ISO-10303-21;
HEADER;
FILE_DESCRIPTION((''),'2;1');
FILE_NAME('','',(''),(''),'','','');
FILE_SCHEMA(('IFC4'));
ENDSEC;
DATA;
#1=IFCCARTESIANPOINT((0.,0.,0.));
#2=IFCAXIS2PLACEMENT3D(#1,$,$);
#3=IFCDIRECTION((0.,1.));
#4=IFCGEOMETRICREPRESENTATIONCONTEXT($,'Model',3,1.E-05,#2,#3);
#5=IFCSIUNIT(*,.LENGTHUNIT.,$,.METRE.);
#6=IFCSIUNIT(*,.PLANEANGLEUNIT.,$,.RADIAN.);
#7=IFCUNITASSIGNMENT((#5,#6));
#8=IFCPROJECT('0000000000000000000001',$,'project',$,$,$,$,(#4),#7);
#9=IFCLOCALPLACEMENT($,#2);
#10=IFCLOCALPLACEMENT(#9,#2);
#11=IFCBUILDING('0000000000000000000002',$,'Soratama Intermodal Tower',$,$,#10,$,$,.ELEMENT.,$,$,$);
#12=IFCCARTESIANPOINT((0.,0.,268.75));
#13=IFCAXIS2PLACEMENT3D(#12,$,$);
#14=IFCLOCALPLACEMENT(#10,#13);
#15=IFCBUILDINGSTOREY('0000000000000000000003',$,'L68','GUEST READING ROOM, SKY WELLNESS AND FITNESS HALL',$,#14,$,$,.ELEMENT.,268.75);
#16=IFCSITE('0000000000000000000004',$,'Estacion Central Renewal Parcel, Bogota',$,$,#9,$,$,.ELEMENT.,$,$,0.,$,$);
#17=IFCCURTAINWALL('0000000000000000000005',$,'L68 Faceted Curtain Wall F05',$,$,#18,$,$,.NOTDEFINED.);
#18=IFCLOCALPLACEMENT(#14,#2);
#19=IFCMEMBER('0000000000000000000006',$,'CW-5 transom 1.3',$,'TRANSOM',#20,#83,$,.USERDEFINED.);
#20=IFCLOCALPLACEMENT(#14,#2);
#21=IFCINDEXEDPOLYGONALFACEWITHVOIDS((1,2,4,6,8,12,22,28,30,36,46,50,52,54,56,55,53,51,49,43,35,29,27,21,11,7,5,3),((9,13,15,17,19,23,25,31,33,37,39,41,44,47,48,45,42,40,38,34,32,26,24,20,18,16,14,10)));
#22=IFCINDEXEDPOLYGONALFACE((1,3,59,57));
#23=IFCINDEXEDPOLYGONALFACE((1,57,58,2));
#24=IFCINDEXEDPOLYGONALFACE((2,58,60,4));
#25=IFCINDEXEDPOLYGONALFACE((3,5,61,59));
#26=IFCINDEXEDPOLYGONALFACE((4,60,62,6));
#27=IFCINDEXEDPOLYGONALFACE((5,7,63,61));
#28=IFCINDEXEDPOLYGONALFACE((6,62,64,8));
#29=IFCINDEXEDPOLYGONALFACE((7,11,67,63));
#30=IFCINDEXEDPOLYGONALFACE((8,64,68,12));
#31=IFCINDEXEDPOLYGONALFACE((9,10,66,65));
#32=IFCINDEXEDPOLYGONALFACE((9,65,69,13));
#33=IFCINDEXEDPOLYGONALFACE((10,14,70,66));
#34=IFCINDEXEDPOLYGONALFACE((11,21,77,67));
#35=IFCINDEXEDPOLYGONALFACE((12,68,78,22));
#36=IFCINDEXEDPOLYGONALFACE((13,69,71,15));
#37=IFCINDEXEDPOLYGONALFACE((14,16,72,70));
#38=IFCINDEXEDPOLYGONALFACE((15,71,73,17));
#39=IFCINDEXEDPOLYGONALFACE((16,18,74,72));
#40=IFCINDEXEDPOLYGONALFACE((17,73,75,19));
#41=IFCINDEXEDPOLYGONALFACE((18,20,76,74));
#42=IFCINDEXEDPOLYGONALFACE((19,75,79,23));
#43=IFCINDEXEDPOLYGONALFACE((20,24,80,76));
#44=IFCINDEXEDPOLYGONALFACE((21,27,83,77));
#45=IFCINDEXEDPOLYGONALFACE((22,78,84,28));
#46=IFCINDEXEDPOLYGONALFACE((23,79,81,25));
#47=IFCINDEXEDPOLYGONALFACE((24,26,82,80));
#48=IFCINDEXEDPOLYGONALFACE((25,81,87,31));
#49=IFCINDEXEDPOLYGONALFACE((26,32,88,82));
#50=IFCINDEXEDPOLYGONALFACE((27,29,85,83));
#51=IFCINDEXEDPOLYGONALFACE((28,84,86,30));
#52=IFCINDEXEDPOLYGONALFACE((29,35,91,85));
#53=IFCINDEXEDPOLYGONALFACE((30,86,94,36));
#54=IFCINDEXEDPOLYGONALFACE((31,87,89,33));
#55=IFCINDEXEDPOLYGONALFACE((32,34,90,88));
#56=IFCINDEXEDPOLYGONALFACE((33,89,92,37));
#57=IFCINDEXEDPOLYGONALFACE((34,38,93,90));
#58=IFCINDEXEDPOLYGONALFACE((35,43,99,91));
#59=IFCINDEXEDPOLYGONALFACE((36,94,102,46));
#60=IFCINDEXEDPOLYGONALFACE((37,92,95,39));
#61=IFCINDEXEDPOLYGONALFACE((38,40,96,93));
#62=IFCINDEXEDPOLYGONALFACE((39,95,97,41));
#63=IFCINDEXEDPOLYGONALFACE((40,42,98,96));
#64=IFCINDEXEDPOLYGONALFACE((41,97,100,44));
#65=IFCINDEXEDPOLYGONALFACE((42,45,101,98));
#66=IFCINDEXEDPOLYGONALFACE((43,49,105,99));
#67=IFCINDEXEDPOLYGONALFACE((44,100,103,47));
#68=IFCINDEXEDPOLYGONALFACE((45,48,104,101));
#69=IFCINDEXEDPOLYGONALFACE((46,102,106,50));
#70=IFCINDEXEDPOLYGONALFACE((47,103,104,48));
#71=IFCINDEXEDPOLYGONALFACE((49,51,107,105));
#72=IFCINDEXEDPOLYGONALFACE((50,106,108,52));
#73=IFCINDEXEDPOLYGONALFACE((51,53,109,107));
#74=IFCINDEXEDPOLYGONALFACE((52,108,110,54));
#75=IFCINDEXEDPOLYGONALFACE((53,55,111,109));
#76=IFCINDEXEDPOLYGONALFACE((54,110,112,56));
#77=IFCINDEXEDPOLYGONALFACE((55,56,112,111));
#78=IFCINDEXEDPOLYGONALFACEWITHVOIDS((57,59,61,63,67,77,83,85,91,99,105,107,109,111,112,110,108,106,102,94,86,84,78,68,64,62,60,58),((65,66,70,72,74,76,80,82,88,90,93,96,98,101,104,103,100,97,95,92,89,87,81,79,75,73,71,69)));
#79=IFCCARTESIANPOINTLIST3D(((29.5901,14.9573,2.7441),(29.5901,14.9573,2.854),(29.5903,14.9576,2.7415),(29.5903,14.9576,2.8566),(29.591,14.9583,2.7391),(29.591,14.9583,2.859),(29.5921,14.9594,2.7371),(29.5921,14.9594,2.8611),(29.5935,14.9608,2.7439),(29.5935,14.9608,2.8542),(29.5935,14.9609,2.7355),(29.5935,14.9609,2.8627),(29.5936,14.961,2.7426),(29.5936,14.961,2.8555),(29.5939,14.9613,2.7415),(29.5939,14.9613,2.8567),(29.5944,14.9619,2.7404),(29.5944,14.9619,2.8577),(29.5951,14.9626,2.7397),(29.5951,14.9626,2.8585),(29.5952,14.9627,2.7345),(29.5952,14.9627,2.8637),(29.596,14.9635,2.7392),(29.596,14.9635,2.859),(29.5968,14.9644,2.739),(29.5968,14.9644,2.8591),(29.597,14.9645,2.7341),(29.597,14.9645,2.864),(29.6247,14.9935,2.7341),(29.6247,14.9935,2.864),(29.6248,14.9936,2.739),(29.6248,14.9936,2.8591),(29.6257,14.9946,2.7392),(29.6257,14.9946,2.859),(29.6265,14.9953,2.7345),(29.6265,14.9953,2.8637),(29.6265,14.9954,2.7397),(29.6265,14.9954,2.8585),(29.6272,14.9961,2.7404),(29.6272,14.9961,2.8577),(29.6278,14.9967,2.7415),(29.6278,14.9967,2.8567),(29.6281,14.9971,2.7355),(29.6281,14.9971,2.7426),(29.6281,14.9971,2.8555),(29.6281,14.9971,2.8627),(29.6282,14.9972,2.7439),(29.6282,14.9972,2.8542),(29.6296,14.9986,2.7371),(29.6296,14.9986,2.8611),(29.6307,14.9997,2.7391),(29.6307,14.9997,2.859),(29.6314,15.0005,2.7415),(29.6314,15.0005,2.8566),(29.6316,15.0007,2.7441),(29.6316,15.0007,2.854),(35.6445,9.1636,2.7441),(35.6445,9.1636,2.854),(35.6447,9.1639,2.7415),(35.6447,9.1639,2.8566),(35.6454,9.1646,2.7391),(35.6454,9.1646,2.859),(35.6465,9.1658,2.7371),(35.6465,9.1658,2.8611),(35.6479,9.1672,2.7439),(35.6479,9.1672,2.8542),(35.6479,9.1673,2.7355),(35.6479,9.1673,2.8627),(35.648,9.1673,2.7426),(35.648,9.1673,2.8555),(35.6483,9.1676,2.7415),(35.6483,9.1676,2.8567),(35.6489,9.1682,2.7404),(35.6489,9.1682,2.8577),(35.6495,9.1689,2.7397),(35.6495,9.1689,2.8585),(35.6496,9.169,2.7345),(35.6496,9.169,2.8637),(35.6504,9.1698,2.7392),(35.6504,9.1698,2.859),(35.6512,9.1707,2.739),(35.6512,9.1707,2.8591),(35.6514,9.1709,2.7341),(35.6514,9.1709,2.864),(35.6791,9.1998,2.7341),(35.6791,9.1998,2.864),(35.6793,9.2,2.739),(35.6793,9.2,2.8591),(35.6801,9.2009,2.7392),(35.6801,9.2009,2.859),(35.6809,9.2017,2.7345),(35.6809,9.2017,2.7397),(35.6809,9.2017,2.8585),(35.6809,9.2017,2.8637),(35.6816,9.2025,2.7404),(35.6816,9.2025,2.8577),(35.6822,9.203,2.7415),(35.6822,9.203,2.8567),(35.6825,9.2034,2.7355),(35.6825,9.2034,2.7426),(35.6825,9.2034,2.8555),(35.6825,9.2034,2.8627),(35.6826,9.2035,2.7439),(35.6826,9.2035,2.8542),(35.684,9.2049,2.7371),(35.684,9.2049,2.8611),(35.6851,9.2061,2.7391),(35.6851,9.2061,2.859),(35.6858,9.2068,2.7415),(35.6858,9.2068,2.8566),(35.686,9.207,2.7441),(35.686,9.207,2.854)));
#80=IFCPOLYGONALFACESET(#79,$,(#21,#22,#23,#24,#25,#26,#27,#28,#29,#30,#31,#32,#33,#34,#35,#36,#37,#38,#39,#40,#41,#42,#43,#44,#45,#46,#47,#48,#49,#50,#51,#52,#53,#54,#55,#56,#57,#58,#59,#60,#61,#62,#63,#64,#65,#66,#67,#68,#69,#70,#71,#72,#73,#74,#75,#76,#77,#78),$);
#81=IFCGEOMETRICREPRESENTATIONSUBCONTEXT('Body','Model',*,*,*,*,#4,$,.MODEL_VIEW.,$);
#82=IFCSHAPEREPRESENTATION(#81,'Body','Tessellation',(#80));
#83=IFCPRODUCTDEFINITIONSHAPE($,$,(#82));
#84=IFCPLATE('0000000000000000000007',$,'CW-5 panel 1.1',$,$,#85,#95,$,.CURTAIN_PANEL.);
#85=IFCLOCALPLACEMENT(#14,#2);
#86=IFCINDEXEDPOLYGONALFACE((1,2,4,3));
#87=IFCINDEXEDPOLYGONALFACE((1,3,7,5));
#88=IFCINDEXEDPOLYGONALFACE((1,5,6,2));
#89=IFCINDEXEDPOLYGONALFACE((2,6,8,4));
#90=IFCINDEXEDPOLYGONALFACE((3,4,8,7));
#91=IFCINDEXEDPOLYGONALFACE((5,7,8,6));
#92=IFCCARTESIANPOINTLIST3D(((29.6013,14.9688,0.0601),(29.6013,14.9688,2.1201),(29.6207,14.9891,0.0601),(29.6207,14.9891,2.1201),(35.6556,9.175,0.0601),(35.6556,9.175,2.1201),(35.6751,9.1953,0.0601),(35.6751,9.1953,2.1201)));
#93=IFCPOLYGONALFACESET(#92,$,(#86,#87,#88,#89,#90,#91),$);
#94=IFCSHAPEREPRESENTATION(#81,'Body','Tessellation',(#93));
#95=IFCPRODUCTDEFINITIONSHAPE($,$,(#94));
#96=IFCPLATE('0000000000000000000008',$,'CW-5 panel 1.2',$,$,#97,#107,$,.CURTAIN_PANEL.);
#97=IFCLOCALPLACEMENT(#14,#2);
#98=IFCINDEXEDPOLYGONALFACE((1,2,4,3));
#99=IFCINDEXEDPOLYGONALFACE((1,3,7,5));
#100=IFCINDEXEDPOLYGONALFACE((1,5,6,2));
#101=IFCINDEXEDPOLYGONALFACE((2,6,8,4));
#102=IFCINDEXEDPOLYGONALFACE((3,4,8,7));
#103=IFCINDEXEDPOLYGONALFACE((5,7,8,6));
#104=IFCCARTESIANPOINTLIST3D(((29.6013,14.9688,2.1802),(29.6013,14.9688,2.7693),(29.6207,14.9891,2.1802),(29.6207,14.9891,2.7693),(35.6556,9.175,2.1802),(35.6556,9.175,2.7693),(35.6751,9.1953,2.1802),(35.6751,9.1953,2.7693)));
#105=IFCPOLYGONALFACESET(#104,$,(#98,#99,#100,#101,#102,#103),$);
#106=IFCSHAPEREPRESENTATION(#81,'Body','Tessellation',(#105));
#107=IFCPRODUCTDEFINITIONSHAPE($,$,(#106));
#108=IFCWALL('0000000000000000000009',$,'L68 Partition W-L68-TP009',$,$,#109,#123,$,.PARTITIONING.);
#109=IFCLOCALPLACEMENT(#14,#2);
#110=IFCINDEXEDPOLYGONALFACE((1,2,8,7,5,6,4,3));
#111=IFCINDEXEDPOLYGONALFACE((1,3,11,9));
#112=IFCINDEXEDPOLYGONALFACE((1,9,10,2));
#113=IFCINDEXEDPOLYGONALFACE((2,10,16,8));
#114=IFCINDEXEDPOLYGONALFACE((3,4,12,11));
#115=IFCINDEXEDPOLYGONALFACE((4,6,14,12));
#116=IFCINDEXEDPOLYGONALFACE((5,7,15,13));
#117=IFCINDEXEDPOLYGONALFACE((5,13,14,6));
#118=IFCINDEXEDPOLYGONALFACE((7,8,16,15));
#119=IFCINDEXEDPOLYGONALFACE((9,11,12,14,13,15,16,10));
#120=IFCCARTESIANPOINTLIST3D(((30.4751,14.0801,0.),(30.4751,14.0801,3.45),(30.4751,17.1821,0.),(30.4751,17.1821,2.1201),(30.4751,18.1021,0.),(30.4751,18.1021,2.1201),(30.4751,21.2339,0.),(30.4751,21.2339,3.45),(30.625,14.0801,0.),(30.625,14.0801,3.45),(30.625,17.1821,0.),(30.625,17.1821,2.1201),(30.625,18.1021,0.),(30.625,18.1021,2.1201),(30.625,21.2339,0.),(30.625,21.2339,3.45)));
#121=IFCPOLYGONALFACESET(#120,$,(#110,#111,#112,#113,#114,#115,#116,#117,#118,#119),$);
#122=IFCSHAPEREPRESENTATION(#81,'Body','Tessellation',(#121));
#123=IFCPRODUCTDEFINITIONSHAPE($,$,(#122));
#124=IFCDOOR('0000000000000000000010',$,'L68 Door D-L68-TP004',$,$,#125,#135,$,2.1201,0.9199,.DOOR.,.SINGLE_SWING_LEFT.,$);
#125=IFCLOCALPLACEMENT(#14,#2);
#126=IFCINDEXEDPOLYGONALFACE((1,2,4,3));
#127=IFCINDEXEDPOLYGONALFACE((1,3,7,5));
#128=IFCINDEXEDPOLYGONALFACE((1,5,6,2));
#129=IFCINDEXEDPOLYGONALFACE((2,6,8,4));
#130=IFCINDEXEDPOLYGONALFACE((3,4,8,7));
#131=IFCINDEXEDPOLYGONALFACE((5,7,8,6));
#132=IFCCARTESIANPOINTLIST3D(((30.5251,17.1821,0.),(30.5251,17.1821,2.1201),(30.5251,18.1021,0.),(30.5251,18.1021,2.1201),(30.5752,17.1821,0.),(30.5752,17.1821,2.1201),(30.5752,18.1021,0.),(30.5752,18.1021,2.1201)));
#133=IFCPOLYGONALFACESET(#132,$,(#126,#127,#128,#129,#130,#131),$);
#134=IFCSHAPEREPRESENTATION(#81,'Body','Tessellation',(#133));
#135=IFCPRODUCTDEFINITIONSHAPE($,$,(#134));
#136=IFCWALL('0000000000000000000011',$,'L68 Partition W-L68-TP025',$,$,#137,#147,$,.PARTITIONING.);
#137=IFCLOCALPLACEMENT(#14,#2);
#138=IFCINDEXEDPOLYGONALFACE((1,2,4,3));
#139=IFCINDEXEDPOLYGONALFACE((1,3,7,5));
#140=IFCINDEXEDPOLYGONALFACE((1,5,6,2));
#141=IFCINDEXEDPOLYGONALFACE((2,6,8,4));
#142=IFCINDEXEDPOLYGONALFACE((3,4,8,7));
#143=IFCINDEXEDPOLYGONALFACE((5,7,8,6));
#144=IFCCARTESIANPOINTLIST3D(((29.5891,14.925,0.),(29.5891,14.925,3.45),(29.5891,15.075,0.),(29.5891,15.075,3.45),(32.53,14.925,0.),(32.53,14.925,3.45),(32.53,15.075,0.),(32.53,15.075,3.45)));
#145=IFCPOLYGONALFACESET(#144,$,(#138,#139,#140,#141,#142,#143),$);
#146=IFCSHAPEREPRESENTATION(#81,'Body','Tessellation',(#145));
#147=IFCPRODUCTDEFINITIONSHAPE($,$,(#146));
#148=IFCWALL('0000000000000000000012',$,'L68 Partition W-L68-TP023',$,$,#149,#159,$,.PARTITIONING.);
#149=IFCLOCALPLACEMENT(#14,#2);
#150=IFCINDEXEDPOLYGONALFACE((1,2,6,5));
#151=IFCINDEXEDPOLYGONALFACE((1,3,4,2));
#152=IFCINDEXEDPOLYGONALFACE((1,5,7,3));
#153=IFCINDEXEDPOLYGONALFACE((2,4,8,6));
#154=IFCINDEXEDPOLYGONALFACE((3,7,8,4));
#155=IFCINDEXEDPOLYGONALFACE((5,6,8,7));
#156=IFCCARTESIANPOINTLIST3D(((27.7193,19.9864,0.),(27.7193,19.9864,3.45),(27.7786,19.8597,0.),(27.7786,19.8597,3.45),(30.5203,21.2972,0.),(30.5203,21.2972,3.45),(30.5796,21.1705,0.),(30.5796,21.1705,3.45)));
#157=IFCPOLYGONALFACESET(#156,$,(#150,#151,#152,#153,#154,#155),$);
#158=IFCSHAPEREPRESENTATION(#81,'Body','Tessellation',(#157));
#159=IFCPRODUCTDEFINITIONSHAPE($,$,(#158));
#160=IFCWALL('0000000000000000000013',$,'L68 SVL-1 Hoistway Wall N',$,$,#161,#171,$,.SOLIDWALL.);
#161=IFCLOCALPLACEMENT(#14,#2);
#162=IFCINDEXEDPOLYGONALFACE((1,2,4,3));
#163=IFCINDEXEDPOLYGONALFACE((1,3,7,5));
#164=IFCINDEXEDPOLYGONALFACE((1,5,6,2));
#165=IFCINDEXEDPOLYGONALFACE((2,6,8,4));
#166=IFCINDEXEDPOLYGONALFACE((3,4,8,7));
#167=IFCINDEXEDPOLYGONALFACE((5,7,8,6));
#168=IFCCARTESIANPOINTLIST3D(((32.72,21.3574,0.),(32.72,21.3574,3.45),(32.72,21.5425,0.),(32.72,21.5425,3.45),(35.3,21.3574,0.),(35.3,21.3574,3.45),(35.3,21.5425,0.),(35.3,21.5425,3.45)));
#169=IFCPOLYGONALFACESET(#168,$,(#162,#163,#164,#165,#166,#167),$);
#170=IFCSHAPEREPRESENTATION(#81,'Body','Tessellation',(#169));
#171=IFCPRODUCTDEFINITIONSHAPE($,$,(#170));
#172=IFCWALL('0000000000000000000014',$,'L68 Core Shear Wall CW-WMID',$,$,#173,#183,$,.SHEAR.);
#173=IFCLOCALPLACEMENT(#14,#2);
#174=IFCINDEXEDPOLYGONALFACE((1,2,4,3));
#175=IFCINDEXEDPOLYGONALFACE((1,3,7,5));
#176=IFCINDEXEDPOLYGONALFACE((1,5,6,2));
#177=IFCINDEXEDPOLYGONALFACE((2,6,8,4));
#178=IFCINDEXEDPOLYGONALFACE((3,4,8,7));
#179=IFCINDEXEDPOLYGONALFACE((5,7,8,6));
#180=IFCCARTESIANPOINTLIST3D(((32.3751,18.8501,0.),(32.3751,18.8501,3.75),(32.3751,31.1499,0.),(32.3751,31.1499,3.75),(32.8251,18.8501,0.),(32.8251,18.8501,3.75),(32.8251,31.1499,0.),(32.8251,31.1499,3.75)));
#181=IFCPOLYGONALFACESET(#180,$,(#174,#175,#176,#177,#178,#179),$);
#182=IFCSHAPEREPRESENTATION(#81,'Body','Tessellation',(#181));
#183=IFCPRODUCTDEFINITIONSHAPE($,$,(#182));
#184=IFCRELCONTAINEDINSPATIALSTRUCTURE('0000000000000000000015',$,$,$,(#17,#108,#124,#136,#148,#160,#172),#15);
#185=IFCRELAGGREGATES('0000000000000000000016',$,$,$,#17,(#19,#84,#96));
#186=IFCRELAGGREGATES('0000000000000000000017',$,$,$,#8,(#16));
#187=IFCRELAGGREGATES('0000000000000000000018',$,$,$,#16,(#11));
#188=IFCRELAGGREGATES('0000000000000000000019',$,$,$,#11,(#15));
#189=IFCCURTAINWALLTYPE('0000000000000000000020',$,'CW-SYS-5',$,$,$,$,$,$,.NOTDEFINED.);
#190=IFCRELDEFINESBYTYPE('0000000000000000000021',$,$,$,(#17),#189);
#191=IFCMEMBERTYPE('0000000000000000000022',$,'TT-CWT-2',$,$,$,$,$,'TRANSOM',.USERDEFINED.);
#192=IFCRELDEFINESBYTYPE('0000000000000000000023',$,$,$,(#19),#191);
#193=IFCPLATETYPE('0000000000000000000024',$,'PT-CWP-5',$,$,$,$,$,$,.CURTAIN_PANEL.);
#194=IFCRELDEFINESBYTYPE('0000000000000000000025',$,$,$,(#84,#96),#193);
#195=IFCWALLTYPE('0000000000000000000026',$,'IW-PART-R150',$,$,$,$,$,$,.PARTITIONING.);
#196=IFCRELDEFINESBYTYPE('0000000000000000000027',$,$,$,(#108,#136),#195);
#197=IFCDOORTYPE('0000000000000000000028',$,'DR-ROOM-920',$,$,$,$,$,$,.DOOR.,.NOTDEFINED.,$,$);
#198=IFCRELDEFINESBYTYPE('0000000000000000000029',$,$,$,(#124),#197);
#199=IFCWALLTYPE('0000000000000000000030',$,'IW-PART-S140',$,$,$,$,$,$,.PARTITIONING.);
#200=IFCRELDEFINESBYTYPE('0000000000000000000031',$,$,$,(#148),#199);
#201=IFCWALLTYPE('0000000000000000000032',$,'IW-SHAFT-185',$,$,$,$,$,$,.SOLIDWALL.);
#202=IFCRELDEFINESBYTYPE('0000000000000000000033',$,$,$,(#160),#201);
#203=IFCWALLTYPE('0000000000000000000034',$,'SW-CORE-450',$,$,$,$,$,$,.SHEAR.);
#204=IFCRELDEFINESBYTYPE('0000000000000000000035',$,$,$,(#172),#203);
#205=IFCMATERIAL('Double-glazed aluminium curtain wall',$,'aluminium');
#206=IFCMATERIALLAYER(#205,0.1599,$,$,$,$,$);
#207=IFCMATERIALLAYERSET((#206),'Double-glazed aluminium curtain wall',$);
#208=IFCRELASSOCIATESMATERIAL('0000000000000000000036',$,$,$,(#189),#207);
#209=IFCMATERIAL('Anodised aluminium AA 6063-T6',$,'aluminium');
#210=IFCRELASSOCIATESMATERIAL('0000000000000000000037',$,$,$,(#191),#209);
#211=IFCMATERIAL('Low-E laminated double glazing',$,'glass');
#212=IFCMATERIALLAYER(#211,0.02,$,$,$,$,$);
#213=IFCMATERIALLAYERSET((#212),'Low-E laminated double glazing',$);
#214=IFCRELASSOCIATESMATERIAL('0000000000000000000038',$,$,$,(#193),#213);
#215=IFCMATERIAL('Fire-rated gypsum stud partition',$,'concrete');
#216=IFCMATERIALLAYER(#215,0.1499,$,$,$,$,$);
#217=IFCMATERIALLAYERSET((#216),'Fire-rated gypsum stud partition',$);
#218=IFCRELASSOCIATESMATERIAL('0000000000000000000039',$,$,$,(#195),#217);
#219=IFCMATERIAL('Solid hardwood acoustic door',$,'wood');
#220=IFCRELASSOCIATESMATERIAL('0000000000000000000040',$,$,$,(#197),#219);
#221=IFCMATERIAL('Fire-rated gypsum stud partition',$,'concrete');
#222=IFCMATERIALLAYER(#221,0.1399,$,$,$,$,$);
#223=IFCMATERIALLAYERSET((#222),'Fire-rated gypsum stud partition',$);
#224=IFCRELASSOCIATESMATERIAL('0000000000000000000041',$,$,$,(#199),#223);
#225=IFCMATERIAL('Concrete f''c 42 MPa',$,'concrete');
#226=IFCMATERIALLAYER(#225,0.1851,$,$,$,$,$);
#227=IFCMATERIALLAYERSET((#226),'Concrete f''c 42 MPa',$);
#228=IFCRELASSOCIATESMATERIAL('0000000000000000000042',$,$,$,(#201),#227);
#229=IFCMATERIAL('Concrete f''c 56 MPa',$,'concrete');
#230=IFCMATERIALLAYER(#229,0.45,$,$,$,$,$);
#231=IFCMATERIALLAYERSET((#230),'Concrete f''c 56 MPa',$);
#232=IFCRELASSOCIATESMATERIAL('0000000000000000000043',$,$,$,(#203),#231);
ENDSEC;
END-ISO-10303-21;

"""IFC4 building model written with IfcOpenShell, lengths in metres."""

from ifc_helpers import new_model, si_unit, direction, frame, frame_2d, origin, origin_2d, place, context, subcontext, project, spatial, rectangle, hollow_rectangle, extrude, material, layer, layer_set, material_profile, profile_set, type_object, element, fill, aggregate, save


model = new_model("IFC4")

# Units and contexts
model_context = context("Model", 3, precision=1e-05, world=origin(), true_north=direction((0.0, 1.0)))
body_context = subcontext(model_context, "Body", "Model", "MODEL_VIEW")
ifc_project = project(units=[si_unit("LENGTHUNIT", "METRE"), si_unit("PLANEANGLEUNIT", "RADIAN")], contexts=[model_context])

# Site, building, storey
site_placement = place(None, origin())
site = spatial("IfcSite", under=ifc_project, at=site_placement, Name="Estacion Central Renewal Parcel, Bogota", CompositionType="ELEMENT", RefElevation=0.0)
building_placement = place(site_placement, origin())
building = spatial("IfcBuilding", under=site, at=building_placement, Name="Soratama Intermodal Tower", CompositionType="ELEMENT")
storey_placement = place(building_placement, frame((0.0, 0.0, 268.75)))
storey = spatial("IfcBuildingStorey", under=building, at=storey_placement, Name="L68", Description="GUEST READING ROOM, SKY WELLNESS AND FITNESS HALL", CompositionType="ELEMENT", Elevation=268.75)

# Curtain wall, member, plates
ifc_material_1 = material(Name="Double-glazed aluminium curtain wall", Category="aluminium")
ifc_layer_1 = layer(ifc_material_1, 0.1599)
ifc_layer_set_1 = layer_set([ifc_layer_1], Name="Double-glazed aluminium curtain wall")
curtain_wall_type = type_object("IfcCurtainWallType", Name="CW-SYS-5", PredefinedType="NOTDEFINED", material=ifc_layer_set_1)
curtain_wall_placement = place(storey_placement, origin())
curtain_wall = element("IfcCurtainWall", 1, at=curtain_wall_placement, inside=storey, type_object=curtain_wall_type, Name="L68 Faceted Curtain Wall F05", PredefinedType="NOTDEFINED")
ifc_material_2 = material(Name="Anodised aluminium AA 6063-T6", Category="aluminium")
ifc_material_profile_1 = material_profile(ifc_material_2, hollow_rectangle(XDim=0.0601, YDim=0.1299, WallThickness=0.0049, InnerFilletRadius=0.0049, OuterFilletRadius=0.01, at=origin_2d()), Name="CWT130X60X5")
ifc_profile_set_1 = profile_set([ifc_material_profile_1], Name="Anodised aluminium AA 6063-T6")
member_type = type_object("IfcMemberType", Name="TT-CWT-2", ElementType="TRANSOM", PredefinedType="USERDEFINED", material=ifc_profile_set_1)
member_1_placement = place(storey_placement, frame((29.6108, 14.979, 2.7991), z_axis=(0.722493, -0.691378, 0.0), x_axis=(0.691378, 0.722493, 0.0)))
member_1 = element("IfcMember", 2, at=member_1_placement, type_object=member_type, Name="CW-5 transom 1.3", ObjectType="TRANSOM", PredefinedType="USERDEFINED", context=body_context, shape_type="SweptSolid", body=[
    extrude(hollow_rectangle(XDim=0.0601, YDim=0.1299, WallThickness=0.0049, InnerFilletRadius=0.0049, OuterFilletRadius=0.01, at=origin_2d()), origin(), (0.0, 0.0, 1.0), 8.3799),
])
ifc_material_3 = material(Name="Low-E laminated double glazing", Category="glass")
ifc_layer_2 = layer(ifc_material_3, 0.02)
ifc_layer_set_2 = layer_set([ifc_layer_2], Name="Low-E laminated double glazing")
plate_type = type_object("IfcPlateType", Name="PT-CWP-5", PredefinedType="CURTAIN_PANEL", material=ifc_layer_set_2)
plate_1_placement = place(storey_placement, frame((32.6382, 12.082, 0.0601), z_axis=(0.0, 0.0, 1.0), x_axis=(0.722483, -0.691389, 0.0)))
plate_1 = element("IfcPlate", 3, at=plate_1_placement, type_object=plate_type, Name="CW-5 panel 1.1", PredefinedType="CURTAIN_PANEL", context=body_context, shape_type="SweptSolid", body=[
    extrude(rectangle(XDim=8.3799, YDim=0.0281, at=origin_2d()), origin(), (0.0, 0.0, 1.0), 2.0601),
])
plate_2_placement = place(storey_placement, frame((32.6382, 12.082, 2.1802), z_axis=(0.0, 0.0, 1.0), x_axis=(0.722483, -0.691389, 0.0)))
plate_2 = element("IfcPlate", 4, at=plate_2_placement, type_object=plate_type, Name="CW-5 panel 1.2", PredefinedType="CURTAIN_PANEL", context=body_context, shape_type="SweptSolid", body=[
    extrude(rectangle(XDim=8.3799, YDim=0.0281, at=origin_2d()), origin(), (0.0, 0.0, 1.0), 0.5891),
])
aggregate(curtain_wall, [member_1, plate_1, plate_2])

# Wall, opening, door
ifc_material_4 = material(Name="Fire-rated gypsum stud partition", Category="concrete")
ifc_layer_3 = layer(ifc_material_4, 0.1499)
ifc_layer_set_3 = layer_set([ifc_layer_3], Name="Fire-rated gypsum stud partition")
wall_type_1 = type_object("IfcWallType", Name="IW-PART-R150", PredefinedType="PARTITIONING", material=ifc_layer_set_3)
wall_1_placement = place(storey_placement, frame((30.55, 14.0801, 0.0), z_axis=(0.0, 0.0, 1.0), x_axis=(0.0, 1.0, 0.0)))
wall_1 = element("IfcWall", 5, at=wall_1_placement, inside=storey, type_object=wall_type_1, Name="L68 Partition W-L68-TP009", PredefinedType="PARTITIONING", context=body_context, shape_type="SweptSolid", body=[
    extrude(rectangle(XDim=7.1538, YDim=0.1499, at=frame_2d((3.5769, 0.0))), origin(), (0.0, 0.0, 1.0), 3.45),
])
opening_1_placement = place(wall_1_placement, frame((3.1021, 0.0, 0.0)))
opening_1 = element("IfcOpeningElement", 6, at=opening_1_placement, cuts=wall_1, PredefinedType="OPENING", context=body_context, shape_type="SweptSolid", body=[
    extrude(rectangle(XDim=0.9199, YDim=2.1201, at=frame_2d((0.46, 1.0601))), frame((0.0, 0.085, 0.0), z_axis=(0.0, -1.0, 0.0), x_axis=(1.0, 0.0, 0.0)), (0.0, 0.0, 1.0), 0.1699),
])
ifc_material_5 = material(Name="Solid hardwood acoustic door", Category="wood")
door_type = type_object("IfcDoorType", Name="DR-ROOM-920", OperationType="NOTDEFINED", PredefinedType="DOOR", material=ifc_material_5)
door_1_placement = place(opening_1_placement, origin())
door_1 = element("IfcDoor", 7, at=door_1_placement, inside=storey, type_object=door_type, Name="L68 Door D-L68-TP004", OperationType="SINGLE_SWING_LEFT", OverallHeight=2.1201, OverallWidth=0.9199, PredefinedType="DOOR", context=body_context, shape_type="SweptSolid", body=[
    extrude(rectangle(XDim=0.9199, YDim=2.1201, at=frame_2d((0.46, 1.0601))), frame((0.0, 0.0249, 0.0), z_axis=(0.0, -1.0, 0.0), x_axis=(1.0, 0.0, 0.0)), (0.0, 0.0, 1.0), 0.05),
])
fill(opening_1, door_1)

# Walls
wall_2_placement = place(storey_placement, frame((32.53, 15.0, 0.0), z_axis=(0.0, 0.0, 1.0), x_axis=(-1.0, 0.0, 0.0)))
element("IfcWall", 8, at=wall_2_placement, inside=storey, type_object=wall_type_1, Name="L68 Partition W-L68-TP025", PredefinedType="PARTITIONING", context=body_context, shape_type="SweptSolid", body=[
    extrude(rectangle(XDim=2.9409, YDim=0.1499, at=frame_2d((1.4705, 0.0))), origin(), (0.0, 0.0, 1.0), 3.45),
])
ifc_material_6 = material(Name="Fire-rated gypsum stud partition", Category="concrete")
ifc_layer_4 = layer(ifc_material_6, 0.1399)
ifc_layer_set_4 = layer_set([ifc_layer_4], Name="Fire-rated gypsum stud partition")
wall_type_2 = type_object("IfcWallType", Name="IW-PART-S140", PredefinedType="PARTITIONING", material=ifc_layer_set_4)
wall_3_placement = place(storey_placement, frame((30.55, 21.2339, 0.0), z_axis=(0.0, 0.0, 1.0), x_axis=(-0.905731, -0.423853, 0.0)))
element("IfcWall", 9, at=wall_3_placement, inside=storey, type_object=wall_type_2, Name="L68 Partition W-L68-TP023", PredefinedType="PARTITIONING", context=body_context, shape_type="SweptSolid", body=[
    extrude(rectangle(XDim=3.0925, YDim=0.1399, at=frame_2d((1.5464, 0.0))), origin(), (0.0, 0.0, 1.0), 3.45),
])
ifc_material_7 = material(Name="Concrete f'c 42 MPa", Category="concrete")
ifc_layer_5 = layer(ifc_material_7, 0.1851)
ifc_layer_set_5 = layer_set([ifc_layer_5], Name="Concrete f'c 42 MPa")
wall_type_3 = type_object("IfcWallType", Name="IW-SHAFT-185", PredefinedType="SOLIDWALL", material=ifc_layer_set_5)
wall_4_placement = place(storey_placement, frame((32.72, 21.45, 0.0), z_axis=(0.0, 0.0, 1.0), x_axis=(1.0, 0.0, 0.0)))
element("IfcWall", 10, at=wall_4_placement, inside=storey, type_object=wall_type_3, Name="L68 SVL-1 Hoistway Wall N", PredefinedType="SOLIDWALL", context=body_context, shape_type="SweptSolid", body=[
    extrude(rectangle(XDim=2.5801, YDim=0.1851, at=frame_2d((1.29, 0.0))), origin(), (0.0, 0.0, 1.0), 3.45),
])
ifc_material_8 = material(Name="Concrete f'c 56 MPa", Category="concrete")
ifc_layer_6 = layer(ifc_material_8, 0.45)
ifc_layer_set_6 = layer_set([ifc_layer_6], Name="Concrete f'c 56 MPa")
wall_type_4 = type_object("IfcWallType", Name="SW-CORE-450", PredefinedType="SHEAR", material=ifc_layer_set_6)
wall_5_placement = place(storey_placement, frame((32.6001, 18.8501, 0.0), z_axis=(0.0, 0.0, 1.0), x_axis=(0.0, 1.0, 0.0)))
element("IfcWall", 11, at=wall_5_placement, inside=storey, type_object=wall_type_4, Name="L68 Core Shear Wall CW-WMID", PredefinedType="SHEAR", context=body_context, shape_type="SweptSolid", body=[
    extrude(rectangle(XDim=12.2998, YDim=0.45, at=frame_2d((6.1499, 0.0))), origin(), (0.0, 0.0, 1.0), 3.75),
])

save(model, "model.ifc")
